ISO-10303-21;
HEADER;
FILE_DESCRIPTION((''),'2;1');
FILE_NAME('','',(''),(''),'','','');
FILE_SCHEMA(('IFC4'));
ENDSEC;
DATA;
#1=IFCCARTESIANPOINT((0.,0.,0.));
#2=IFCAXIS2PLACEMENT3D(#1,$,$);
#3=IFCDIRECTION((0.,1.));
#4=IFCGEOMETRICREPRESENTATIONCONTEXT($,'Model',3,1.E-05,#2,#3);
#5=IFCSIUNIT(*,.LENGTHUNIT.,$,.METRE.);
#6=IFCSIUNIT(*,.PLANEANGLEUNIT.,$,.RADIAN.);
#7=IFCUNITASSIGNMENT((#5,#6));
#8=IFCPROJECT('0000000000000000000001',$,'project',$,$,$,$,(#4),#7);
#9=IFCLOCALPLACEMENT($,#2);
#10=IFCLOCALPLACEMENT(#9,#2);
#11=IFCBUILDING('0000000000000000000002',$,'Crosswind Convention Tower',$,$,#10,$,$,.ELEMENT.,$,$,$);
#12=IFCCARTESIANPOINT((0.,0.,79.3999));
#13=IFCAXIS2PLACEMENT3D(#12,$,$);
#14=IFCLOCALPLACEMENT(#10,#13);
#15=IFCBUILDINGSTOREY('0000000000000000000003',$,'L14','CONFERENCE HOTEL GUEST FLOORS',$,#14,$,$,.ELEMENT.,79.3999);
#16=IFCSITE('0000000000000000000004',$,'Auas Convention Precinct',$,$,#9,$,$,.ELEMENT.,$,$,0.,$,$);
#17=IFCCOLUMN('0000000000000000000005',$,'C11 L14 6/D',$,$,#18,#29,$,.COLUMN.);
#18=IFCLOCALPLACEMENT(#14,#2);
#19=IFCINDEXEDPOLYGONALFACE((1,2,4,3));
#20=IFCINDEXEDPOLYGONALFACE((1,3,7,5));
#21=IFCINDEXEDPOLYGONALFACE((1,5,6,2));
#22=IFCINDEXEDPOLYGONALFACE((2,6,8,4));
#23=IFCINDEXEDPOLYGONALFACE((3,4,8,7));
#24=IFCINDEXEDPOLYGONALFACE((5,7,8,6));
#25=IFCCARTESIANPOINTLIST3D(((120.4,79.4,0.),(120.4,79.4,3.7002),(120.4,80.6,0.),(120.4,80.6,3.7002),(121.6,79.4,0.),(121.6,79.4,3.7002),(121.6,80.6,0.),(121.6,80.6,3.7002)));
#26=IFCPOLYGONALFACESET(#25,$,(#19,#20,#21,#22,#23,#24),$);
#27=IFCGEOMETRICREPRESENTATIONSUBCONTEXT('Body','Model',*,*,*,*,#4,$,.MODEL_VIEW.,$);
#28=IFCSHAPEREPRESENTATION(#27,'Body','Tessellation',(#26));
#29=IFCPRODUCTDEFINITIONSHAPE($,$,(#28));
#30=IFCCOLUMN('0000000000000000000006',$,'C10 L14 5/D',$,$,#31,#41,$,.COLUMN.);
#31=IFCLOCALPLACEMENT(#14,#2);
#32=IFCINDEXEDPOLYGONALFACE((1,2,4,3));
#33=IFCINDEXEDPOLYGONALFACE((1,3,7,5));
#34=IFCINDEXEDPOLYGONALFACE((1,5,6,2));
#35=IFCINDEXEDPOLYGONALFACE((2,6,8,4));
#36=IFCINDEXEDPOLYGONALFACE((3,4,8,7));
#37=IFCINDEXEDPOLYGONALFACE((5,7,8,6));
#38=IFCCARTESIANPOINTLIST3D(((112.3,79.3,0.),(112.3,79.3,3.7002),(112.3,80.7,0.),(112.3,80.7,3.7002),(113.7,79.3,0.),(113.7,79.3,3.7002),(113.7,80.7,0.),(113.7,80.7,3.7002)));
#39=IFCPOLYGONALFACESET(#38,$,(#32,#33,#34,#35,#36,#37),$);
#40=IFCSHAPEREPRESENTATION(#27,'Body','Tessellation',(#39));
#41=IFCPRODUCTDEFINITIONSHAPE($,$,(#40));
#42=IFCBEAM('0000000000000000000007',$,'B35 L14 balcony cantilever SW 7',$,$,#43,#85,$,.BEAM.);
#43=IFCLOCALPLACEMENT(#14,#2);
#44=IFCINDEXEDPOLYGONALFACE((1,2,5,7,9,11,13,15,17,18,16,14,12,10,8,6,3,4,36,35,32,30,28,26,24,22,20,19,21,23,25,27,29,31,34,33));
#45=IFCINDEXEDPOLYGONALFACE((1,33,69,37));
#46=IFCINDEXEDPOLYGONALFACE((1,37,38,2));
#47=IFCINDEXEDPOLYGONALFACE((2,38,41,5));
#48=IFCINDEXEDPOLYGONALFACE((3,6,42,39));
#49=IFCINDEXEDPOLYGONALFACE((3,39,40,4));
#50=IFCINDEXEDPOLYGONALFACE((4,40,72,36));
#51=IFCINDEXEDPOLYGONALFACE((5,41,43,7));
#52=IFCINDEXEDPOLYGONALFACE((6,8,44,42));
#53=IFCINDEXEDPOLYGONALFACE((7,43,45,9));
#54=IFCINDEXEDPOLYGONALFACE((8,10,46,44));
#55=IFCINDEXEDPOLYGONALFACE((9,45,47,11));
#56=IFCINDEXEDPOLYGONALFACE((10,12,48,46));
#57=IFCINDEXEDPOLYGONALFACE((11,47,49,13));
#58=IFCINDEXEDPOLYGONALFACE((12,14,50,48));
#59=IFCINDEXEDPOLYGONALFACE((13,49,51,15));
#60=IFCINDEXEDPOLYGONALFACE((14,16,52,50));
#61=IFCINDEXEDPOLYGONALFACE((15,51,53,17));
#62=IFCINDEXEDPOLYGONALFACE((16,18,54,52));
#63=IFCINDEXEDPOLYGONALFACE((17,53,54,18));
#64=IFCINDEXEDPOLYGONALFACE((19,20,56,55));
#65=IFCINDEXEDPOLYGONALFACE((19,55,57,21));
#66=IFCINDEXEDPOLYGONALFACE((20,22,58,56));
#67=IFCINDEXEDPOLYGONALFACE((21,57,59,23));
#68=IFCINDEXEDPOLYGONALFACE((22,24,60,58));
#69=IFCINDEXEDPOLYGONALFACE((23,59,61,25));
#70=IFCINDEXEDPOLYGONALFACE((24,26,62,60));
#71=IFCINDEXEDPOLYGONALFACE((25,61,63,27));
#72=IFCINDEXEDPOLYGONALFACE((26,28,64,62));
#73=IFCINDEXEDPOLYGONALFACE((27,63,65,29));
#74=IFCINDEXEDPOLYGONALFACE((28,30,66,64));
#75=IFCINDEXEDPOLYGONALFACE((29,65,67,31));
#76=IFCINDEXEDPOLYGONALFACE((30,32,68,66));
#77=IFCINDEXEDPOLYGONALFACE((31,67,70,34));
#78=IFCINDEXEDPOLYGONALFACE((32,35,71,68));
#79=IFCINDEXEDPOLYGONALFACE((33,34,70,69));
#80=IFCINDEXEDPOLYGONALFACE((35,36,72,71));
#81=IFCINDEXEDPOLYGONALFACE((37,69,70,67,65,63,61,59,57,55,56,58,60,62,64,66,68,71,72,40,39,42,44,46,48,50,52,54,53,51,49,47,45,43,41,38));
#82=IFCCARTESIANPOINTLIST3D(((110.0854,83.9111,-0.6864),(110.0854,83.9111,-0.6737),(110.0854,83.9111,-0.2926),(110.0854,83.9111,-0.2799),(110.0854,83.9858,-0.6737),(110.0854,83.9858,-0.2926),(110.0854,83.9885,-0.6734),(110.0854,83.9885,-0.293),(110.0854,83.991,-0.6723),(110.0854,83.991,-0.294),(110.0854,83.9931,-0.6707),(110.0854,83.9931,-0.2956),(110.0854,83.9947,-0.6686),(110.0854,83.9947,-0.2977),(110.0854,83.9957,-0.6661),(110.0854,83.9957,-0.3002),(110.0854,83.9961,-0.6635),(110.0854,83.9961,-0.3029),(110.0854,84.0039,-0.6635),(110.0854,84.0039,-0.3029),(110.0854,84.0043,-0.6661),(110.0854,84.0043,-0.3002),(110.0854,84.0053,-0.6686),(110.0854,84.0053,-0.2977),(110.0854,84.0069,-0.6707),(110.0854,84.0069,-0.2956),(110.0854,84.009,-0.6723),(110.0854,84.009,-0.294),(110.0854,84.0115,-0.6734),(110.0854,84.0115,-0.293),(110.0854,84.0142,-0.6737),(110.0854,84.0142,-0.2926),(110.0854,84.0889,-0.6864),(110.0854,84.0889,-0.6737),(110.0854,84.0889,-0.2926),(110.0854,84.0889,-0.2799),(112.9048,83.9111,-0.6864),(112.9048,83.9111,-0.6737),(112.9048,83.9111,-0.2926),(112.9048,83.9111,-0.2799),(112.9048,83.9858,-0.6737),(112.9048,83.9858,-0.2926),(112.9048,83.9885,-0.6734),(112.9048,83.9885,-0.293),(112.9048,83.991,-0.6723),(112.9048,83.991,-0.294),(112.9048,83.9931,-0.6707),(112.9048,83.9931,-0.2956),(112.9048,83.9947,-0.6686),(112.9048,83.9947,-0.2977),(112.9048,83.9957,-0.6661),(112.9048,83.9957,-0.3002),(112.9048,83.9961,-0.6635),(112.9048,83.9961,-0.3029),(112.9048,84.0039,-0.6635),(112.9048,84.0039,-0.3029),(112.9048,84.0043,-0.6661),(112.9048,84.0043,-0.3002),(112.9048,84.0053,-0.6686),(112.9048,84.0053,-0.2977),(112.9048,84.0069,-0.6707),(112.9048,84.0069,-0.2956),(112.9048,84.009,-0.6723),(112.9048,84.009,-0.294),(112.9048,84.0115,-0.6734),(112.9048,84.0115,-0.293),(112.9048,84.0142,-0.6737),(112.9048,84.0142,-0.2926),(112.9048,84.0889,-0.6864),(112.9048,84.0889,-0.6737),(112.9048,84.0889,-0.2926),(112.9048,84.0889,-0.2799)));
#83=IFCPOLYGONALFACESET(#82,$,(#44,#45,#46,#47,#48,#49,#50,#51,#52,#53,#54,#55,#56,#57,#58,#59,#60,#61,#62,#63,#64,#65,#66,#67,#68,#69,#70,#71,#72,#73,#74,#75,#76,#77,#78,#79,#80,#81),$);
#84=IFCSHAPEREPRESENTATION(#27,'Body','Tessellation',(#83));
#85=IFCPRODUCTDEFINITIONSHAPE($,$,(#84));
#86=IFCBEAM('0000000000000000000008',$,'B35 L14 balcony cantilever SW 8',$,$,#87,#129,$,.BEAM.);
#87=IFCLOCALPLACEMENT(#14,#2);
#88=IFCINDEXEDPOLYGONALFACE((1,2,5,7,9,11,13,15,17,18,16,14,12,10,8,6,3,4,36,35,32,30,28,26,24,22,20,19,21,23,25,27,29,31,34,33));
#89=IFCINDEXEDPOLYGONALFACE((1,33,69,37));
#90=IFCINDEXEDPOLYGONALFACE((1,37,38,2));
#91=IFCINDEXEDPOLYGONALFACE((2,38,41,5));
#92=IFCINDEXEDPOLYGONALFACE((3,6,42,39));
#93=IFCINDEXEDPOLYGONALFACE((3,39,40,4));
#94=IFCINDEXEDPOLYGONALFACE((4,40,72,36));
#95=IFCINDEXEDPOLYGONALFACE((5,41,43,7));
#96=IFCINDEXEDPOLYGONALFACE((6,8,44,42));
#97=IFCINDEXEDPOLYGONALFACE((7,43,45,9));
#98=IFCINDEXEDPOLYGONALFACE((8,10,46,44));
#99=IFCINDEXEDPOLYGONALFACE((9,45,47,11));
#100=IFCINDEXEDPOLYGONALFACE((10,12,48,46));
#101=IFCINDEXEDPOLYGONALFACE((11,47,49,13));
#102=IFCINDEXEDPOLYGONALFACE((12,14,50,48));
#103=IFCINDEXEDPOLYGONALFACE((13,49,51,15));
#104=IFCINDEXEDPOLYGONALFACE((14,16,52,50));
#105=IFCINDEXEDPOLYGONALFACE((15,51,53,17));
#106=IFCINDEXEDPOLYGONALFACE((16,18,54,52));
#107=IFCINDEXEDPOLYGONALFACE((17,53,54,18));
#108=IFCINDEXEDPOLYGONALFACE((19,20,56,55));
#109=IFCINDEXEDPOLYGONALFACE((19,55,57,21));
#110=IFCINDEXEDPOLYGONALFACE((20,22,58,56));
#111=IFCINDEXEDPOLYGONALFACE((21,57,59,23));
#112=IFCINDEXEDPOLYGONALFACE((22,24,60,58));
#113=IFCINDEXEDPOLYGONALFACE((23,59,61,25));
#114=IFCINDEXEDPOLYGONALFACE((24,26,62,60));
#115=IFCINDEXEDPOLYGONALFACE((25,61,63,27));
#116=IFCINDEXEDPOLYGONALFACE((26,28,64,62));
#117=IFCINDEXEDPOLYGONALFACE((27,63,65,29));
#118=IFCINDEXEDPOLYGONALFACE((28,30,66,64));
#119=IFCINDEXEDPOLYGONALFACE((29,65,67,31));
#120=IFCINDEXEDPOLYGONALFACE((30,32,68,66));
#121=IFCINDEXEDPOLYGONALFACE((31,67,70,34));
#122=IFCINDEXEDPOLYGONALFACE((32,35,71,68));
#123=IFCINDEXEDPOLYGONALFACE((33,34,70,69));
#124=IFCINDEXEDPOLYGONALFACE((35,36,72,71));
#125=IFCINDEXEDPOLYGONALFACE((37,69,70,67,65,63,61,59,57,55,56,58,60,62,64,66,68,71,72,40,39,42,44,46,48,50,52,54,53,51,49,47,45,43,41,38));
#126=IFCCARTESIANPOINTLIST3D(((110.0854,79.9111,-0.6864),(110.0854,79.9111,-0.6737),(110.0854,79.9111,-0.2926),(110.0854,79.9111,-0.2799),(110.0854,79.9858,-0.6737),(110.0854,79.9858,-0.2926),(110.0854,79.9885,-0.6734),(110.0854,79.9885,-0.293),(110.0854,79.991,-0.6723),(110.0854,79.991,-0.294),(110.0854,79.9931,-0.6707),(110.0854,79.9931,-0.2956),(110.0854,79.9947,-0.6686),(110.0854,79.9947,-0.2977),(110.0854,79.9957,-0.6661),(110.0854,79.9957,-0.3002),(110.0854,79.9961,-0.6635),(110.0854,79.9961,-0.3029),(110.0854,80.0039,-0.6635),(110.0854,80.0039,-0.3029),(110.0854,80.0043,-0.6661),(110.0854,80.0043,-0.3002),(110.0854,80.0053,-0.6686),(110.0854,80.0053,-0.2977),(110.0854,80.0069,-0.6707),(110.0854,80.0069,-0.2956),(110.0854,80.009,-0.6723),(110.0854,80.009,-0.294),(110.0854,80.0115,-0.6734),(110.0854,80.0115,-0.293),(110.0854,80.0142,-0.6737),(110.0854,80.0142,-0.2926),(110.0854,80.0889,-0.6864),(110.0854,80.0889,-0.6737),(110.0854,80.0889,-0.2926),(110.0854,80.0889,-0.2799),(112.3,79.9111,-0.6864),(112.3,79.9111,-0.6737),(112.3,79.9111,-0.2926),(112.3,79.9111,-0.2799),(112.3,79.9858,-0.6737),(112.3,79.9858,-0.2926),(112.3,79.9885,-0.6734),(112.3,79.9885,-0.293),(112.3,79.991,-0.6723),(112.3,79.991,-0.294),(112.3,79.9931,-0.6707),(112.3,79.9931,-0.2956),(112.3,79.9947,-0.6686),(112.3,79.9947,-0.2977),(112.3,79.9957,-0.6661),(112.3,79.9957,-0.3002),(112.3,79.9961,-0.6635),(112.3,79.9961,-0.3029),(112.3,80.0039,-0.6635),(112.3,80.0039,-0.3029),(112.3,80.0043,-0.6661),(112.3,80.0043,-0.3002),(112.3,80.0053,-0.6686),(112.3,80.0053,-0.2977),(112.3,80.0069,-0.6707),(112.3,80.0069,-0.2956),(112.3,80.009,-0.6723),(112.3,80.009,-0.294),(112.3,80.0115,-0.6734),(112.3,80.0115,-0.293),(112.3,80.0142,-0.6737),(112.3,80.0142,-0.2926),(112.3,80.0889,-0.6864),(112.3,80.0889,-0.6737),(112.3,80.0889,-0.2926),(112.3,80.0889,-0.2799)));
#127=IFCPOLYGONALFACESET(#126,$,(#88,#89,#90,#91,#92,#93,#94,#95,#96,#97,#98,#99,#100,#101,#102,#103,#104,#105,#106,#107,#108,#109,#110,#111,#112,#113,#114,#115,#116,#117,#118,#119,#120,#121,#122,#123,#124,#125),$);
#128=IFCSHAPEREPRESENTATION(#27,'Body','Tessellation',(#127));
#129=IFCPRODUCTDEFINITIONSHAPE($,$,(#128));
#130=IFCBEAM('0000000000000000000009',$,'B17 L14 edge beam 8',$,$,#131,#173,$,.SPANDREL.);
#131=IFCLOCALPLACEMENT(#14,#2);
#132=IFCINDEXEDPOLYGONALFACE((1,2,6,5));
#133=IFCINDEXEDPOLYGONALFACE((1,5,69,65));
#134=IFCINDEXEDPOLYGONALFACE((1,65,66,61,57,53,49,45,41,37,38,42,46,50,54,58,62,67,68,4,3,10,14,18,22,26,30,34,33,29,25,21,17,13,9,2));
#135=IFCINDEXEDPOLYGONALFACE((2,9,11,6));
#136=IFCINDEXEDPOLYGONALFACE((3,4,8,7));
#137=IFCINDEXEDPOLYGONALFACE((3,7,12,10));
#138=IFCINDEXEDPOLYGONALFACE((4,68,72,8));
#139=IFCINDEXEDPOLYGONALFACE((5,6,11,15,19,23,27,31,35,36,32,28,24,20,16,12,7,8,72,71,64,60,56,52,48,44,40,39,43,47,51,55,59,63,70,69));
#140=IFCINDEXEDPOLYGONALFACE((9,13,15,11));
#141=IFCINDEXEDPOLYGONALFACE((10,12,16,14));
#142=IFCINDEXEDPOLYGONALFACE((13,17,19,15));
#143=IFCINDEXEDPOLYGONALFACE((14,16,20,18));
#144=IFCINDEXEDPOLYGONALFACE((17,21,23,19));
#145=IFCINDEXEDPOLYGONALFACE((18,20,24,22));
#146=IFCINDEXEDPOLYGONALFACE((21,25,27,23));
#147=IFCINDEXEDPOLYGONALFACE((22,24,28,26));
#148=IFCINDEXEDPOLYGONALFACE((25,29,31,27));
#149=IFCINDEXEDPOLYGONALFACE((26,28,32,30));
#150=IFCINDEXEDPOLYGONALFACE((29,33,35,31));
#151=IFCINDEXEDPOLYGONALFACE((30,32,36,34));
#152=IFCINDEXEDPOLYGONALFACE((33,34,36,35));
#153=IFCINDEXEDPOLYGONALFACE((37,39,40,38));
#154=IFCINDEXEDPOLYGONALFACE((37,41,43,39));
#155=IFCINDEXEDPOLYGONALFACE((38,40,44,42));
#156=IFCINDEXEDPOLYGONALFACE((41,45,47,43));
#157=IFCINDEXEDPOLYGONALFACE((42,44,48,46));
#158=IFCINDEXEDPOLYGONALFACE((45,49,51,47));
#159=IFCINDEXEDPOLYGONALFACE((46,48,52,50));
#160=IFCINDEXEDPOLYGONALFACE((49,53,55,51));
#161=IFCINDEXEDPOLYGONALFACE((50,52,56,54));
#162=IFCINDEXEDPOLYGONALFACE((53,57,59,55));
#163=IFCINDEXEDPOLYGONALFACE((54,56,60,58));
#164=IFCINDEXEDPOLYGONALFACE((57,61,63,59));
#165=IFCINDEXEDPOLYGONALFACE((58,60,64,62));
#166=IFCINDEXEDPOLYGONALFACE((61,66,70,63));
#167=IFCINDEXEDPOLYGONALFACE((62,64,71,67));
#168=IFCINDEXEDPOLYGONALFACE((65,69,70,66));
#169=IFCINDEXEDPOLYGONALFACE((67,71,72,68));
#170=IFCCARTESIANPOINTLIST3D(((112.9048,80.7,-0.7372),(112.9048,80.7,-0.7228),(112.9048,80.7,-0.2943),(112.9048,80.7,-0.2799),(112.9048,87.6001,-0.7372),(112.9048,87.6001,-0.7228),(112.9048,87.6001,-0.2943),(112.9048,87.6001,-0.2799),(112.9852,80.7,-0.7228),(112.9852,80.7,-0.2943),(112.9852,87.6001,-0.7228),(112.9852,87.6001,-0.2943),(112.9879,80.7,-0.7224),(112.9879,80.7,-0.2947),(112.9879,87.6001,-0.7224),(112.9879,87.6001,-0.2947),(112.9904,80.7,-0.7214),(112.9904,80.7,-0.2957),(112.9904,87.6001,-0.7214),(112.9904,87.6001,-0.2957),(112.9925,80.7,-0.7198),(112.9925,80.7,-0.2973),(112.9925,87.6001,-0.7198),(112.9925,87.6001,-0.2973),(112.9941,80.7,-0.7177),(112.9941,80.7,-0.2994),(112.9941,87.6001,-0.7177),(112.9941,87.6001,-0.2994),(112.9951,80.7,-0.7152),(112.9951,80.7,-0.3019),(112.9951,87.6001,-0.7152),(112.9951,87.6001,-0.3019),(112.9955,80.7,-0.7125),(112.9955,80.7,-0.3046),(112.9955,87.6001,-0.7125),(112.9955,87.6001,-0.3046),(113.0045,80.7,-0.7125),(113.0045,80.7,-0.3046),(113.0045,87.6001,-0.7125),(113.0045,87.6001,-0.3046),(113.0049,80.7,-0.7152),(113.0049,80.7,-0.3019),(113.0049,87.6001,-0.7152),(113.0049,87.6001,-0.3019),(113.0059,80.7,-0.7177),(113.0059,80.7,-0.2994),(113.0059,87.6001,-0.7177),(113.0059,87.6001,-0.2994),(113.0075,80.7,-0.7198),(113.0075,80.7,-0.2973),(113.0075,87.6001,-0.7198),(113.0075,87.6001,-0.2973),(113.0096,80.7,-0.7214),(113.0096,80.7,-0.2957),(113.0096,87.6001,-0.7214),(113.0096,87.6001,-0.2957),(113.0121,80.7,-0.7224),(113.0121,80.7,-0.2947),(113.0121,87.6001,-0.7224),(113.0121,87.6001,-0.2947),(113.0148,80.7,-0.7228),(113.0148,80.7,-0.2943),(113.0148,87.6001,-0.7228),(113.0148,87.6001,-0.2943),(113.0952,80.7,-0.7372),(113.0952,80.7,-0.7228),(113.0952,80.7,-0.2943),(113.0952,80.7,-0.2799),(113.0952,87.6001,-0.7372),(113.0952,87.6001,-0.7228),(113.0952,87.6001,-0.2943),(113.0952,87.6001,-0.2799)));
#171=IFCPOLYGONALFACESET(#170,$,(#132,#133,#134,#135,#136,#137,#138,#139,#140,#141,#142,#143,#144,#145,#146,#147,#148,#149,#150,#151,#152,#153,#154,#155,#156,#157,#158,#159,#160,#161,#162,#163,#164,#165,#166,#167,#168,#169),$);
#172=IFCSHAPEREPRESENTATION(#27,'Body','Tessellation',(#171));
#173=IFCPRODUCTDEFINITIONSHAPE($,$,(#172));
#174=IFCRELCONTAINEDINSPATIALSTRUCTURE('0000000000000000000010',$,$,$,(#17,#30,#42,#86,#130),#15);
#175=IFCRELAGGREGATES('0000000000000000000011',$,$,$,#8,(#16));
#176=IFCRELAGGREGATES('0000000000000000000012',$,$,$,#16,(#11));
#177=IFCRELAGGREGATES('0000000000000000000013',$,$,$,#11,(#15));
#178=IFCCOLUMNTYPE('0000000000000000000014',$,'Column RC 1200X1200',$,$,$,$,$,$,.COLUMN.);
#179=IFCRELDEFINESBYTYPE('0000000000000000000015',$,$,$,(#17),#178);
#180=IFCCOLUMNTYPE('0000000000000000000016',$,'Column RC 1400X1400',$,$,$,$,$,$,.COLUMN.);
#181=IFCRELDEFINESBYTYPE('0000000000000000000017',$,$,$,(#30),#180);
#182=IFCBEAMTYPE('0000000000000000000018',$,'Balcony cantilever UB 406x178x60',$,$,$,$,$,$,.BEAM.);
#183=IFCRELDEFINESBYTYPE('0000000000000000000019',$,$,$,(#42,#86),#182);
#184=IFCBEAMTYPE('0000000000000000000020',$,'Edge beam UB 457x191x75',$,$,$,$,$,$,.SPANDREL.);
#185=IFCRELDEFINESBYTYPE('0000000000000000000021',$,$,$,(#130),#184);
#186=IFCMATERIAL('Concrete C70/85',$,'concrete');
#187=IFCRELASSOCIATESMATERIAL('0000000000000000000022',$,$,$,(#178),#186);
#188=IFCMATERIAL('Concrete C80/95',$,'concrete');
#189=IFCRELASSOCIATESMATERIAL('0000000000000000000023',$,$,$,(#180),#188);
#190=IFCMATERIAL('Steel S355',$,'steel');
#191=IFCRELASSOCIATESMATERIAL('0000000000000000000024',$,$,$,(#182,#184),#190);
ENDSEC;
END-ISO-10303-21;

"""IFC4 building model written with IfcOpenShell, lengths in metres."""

from ifc_helpers import new_model, si_unit, direction, frame, origin, origin_2d, place, context, subcontext, project, spatial, rectangle, i_section, extrude, material, material_profile, profile_set, type_object, element, save


model = new_model("IFC4")

# Units and contexts
model_context = context("Model", 3, precision=1e-05, world=origin(), true_north=direction((0.0, 1.0)))
body_context = subcontext(model_context, "Body", "Model", "MODEL_VIEW")
ifc_project = project(units=[si_unit("LENGTHUNIT", "METRE"), si_unit("PLANEANGLEUNIT", "RADIAN")], contexts=[model_context])

# Site, building, storey
site_placement = place(None, origin())
site = spatial("IfcSite", under=ifc_project, at=site_placement, Name="Auas Convention Precinct", CompositionType="ELEMENT", RefElevation=0.0)
building_placement = place(site_placement, origin())
building = spatial("IfcBuilding", under=site, at=building_placement, Name="Crosswind Convention Tower", CompositionType="ELEMENT")
storey_placement = place(building_placement, frame((0.0, 0.0, 79.3999)))
storey = spatial("IfcBuildingStorey", under=building, at=storey_placement, Name="L14", Description="CONFERENCE HOTEL GUEST FLOORS", CompositionType="ELEMENT", Elevation=79.3999)

# Columns
ifc_material_1 = material(Name="Concrete C70/85", Category="concrete")
ifc_material_profile_1 = material_profile(ifc_material_1, rectangle(XDim=1.2, YDim=1.2, at=origin_2d()), Name="RC 1200X1200")
ifc_profile_set_1 = profile_set([ifc_material_profile_1], Name="Concrete C70/85")
column_type_1 = type_object("IfcColumnType", Name="Column RC 1200X1200", PredefinedType="COLUMN", material=ifc_profile_set_1)
column_1_placement = place(storey_placement, frame((121.0, 80.0, 0.0), z_axis=(0.0, 0.0, 1.0), x_axis=(1.0, 0.0, 0.0)))
element("IfcColumn", 1, at=column_1_placement, inside=storey, type_object=column_type_1, Name="C11 L14 6/D", PredefinedType="COLUMN", context=body_context, shape_type="SweptSolid", body=[
    extrude(rectangle(XDim=1.2, YDim=1.2, at=origin_2d()), origin(), (0.0, 0.0, 1.0), 3.7002),
])
ifc_material_2 = material(Name="Concrete C80/95", Category="concrete")
ifc_material_profile_2 = material_profile(ifc_material_2, rectangle(XDim=1.3999, YDim=1.3999, at=origin_2d()), Name="RC 1400X1400")
ifc_profile_set_2 = profile_set([ifc_material_profile_2], Name="Concrete C80/95")
column_type_2 = type_object("IfcColumnType", Name="Column RC 1400X1400", PredefinedType="COLUMN", material=ifc_profile_set_2)
column_2_placement = place(storey_placement, frame((113.0, 80.0, 0.0), z_axis=(0.0, 0.0, 1.0), x_axis=(1.0, 0.0, 0.0)))
element("IfcColumn", 2, at=column_2_placement, inside=storey, type_object=column_type_2, Name="C10 L14 5/D", PredefinedType="COLUMN", context=body_context, shape_type="SweptSolid", body=[
    extrude(rectangle(XDim=1.3999, YDim=1.3999, at=origin_2d()), origin(), (0.0, 0.0, 1.0), 3.7002),
])

# Beams
ifc_material_3 = material(Name="Steel S355", Category="steel")
ifc_material_profile_3 = material_profile(ifc_material_3, i_section(OverallWidth=0.1777, OverallDepth=0.4065, WebThickness=0.0078, FlangeThickness=0.0127, FilletRadius=0.0103, at=origin_2d()), Name="UB 406x178x60")
ifc_profile_set_3 = profile_set([ifc_material_profile_3], Name="Steel S355")
beam_type_1 = type_object("IfcBeamType", Name="Balcony cantilever UB 406x178x60", PredefinedType="BEAM", material=ifc_profile_set_3)
beam_1_placement = place(storey_placement, frame((112.9048, 84.0, -0.4832), z_axis=(-1.0, 0.0, 0.0), x_axis=(0.0, -1.0, 0.0)))
element("IfcBeam", 3, at=beam_1_placement, inside=storey, type_object=beam_type_1, Name="B35 L14 balcony cantilever SW 7", PredefinedType="BEAM", context=body_context, shape_type="SweptSolid", body=[
    extrude(i_section(OverallWidth=0.1777, OverallDepth=0.4065, WebThickness=0.0078, FlangeThickness=0.0127, FilletRadius=0.0103, at=origin_2d()), origin(), (0.0, 0.0, 1.0), 2.8193),
])
beam_2_placement = place(storey_placement, frame((112.3, 80.0, -0.4832), z_axis=(-1.0, 0.0, 0.0), x_axis=(0.0, -1.0, 0.0)))
element("IfcBeam", 4, at=beam_2_placement, inside=storey, type_object=beam_type_1, Name="B35 L14 balcony cantilever SW 8", PredefinedType="BEAM", context=body_context, shape_type="SweptSolid", body=[
    extrude(i_section(OverallWidth=0.1777, OverallDepth=0.4065, WebThickness=0.0078, FlangeThickness=0.0127, FilletRadius=0.0103, at=origin_2d()), origin(), (0.0, 0.0, 1.0), 2.2146),
])
ifc_material_profile_4 = material_profile(ifc_material_3, i_section(OverallWidth=0.1904, OverallDepth=0.4573, WebThickness=0.009, FlangeThickness=0.0144, FilletRadius=0.0103, at=origin_2d()), Name="UB 457x191x75")
ifc_profile_set_4 = profile_set([ifc_material_profile_4], Name="Steel S355")
beam_type_2 = type_object("IfcBeamType", Name="Edge beam UB 457x191x75", PredefinedType="SPANDREL", material=ifc_profile_set_4)
beam_3_placement = place(storey_placement, frame((113.0, 80.7, -0.5085), z_axis=(0.0, 1.0, 0.0), x_axis=(-1.0, 0.0, 0.0)))
element("IfcBeam", 5, at=beam_3_placement, inside=storey, type_object=beam_type_2, Name="B17 L14 edge beam 8", PredefinedType="SPANDREL", context=body_context, shape_type="SweptSolid", body=[
    extrude(i_section(OverallWidth=0.1904, OverallDepth=0.4573, WebThickness=0.009, FlangeThickness=0.0144, FilletRadius=0.0103, at=origin_2d()), origin(), (0.0, 0.0, 1.0), 6.9001),
])

save(model, "model.ifc")
